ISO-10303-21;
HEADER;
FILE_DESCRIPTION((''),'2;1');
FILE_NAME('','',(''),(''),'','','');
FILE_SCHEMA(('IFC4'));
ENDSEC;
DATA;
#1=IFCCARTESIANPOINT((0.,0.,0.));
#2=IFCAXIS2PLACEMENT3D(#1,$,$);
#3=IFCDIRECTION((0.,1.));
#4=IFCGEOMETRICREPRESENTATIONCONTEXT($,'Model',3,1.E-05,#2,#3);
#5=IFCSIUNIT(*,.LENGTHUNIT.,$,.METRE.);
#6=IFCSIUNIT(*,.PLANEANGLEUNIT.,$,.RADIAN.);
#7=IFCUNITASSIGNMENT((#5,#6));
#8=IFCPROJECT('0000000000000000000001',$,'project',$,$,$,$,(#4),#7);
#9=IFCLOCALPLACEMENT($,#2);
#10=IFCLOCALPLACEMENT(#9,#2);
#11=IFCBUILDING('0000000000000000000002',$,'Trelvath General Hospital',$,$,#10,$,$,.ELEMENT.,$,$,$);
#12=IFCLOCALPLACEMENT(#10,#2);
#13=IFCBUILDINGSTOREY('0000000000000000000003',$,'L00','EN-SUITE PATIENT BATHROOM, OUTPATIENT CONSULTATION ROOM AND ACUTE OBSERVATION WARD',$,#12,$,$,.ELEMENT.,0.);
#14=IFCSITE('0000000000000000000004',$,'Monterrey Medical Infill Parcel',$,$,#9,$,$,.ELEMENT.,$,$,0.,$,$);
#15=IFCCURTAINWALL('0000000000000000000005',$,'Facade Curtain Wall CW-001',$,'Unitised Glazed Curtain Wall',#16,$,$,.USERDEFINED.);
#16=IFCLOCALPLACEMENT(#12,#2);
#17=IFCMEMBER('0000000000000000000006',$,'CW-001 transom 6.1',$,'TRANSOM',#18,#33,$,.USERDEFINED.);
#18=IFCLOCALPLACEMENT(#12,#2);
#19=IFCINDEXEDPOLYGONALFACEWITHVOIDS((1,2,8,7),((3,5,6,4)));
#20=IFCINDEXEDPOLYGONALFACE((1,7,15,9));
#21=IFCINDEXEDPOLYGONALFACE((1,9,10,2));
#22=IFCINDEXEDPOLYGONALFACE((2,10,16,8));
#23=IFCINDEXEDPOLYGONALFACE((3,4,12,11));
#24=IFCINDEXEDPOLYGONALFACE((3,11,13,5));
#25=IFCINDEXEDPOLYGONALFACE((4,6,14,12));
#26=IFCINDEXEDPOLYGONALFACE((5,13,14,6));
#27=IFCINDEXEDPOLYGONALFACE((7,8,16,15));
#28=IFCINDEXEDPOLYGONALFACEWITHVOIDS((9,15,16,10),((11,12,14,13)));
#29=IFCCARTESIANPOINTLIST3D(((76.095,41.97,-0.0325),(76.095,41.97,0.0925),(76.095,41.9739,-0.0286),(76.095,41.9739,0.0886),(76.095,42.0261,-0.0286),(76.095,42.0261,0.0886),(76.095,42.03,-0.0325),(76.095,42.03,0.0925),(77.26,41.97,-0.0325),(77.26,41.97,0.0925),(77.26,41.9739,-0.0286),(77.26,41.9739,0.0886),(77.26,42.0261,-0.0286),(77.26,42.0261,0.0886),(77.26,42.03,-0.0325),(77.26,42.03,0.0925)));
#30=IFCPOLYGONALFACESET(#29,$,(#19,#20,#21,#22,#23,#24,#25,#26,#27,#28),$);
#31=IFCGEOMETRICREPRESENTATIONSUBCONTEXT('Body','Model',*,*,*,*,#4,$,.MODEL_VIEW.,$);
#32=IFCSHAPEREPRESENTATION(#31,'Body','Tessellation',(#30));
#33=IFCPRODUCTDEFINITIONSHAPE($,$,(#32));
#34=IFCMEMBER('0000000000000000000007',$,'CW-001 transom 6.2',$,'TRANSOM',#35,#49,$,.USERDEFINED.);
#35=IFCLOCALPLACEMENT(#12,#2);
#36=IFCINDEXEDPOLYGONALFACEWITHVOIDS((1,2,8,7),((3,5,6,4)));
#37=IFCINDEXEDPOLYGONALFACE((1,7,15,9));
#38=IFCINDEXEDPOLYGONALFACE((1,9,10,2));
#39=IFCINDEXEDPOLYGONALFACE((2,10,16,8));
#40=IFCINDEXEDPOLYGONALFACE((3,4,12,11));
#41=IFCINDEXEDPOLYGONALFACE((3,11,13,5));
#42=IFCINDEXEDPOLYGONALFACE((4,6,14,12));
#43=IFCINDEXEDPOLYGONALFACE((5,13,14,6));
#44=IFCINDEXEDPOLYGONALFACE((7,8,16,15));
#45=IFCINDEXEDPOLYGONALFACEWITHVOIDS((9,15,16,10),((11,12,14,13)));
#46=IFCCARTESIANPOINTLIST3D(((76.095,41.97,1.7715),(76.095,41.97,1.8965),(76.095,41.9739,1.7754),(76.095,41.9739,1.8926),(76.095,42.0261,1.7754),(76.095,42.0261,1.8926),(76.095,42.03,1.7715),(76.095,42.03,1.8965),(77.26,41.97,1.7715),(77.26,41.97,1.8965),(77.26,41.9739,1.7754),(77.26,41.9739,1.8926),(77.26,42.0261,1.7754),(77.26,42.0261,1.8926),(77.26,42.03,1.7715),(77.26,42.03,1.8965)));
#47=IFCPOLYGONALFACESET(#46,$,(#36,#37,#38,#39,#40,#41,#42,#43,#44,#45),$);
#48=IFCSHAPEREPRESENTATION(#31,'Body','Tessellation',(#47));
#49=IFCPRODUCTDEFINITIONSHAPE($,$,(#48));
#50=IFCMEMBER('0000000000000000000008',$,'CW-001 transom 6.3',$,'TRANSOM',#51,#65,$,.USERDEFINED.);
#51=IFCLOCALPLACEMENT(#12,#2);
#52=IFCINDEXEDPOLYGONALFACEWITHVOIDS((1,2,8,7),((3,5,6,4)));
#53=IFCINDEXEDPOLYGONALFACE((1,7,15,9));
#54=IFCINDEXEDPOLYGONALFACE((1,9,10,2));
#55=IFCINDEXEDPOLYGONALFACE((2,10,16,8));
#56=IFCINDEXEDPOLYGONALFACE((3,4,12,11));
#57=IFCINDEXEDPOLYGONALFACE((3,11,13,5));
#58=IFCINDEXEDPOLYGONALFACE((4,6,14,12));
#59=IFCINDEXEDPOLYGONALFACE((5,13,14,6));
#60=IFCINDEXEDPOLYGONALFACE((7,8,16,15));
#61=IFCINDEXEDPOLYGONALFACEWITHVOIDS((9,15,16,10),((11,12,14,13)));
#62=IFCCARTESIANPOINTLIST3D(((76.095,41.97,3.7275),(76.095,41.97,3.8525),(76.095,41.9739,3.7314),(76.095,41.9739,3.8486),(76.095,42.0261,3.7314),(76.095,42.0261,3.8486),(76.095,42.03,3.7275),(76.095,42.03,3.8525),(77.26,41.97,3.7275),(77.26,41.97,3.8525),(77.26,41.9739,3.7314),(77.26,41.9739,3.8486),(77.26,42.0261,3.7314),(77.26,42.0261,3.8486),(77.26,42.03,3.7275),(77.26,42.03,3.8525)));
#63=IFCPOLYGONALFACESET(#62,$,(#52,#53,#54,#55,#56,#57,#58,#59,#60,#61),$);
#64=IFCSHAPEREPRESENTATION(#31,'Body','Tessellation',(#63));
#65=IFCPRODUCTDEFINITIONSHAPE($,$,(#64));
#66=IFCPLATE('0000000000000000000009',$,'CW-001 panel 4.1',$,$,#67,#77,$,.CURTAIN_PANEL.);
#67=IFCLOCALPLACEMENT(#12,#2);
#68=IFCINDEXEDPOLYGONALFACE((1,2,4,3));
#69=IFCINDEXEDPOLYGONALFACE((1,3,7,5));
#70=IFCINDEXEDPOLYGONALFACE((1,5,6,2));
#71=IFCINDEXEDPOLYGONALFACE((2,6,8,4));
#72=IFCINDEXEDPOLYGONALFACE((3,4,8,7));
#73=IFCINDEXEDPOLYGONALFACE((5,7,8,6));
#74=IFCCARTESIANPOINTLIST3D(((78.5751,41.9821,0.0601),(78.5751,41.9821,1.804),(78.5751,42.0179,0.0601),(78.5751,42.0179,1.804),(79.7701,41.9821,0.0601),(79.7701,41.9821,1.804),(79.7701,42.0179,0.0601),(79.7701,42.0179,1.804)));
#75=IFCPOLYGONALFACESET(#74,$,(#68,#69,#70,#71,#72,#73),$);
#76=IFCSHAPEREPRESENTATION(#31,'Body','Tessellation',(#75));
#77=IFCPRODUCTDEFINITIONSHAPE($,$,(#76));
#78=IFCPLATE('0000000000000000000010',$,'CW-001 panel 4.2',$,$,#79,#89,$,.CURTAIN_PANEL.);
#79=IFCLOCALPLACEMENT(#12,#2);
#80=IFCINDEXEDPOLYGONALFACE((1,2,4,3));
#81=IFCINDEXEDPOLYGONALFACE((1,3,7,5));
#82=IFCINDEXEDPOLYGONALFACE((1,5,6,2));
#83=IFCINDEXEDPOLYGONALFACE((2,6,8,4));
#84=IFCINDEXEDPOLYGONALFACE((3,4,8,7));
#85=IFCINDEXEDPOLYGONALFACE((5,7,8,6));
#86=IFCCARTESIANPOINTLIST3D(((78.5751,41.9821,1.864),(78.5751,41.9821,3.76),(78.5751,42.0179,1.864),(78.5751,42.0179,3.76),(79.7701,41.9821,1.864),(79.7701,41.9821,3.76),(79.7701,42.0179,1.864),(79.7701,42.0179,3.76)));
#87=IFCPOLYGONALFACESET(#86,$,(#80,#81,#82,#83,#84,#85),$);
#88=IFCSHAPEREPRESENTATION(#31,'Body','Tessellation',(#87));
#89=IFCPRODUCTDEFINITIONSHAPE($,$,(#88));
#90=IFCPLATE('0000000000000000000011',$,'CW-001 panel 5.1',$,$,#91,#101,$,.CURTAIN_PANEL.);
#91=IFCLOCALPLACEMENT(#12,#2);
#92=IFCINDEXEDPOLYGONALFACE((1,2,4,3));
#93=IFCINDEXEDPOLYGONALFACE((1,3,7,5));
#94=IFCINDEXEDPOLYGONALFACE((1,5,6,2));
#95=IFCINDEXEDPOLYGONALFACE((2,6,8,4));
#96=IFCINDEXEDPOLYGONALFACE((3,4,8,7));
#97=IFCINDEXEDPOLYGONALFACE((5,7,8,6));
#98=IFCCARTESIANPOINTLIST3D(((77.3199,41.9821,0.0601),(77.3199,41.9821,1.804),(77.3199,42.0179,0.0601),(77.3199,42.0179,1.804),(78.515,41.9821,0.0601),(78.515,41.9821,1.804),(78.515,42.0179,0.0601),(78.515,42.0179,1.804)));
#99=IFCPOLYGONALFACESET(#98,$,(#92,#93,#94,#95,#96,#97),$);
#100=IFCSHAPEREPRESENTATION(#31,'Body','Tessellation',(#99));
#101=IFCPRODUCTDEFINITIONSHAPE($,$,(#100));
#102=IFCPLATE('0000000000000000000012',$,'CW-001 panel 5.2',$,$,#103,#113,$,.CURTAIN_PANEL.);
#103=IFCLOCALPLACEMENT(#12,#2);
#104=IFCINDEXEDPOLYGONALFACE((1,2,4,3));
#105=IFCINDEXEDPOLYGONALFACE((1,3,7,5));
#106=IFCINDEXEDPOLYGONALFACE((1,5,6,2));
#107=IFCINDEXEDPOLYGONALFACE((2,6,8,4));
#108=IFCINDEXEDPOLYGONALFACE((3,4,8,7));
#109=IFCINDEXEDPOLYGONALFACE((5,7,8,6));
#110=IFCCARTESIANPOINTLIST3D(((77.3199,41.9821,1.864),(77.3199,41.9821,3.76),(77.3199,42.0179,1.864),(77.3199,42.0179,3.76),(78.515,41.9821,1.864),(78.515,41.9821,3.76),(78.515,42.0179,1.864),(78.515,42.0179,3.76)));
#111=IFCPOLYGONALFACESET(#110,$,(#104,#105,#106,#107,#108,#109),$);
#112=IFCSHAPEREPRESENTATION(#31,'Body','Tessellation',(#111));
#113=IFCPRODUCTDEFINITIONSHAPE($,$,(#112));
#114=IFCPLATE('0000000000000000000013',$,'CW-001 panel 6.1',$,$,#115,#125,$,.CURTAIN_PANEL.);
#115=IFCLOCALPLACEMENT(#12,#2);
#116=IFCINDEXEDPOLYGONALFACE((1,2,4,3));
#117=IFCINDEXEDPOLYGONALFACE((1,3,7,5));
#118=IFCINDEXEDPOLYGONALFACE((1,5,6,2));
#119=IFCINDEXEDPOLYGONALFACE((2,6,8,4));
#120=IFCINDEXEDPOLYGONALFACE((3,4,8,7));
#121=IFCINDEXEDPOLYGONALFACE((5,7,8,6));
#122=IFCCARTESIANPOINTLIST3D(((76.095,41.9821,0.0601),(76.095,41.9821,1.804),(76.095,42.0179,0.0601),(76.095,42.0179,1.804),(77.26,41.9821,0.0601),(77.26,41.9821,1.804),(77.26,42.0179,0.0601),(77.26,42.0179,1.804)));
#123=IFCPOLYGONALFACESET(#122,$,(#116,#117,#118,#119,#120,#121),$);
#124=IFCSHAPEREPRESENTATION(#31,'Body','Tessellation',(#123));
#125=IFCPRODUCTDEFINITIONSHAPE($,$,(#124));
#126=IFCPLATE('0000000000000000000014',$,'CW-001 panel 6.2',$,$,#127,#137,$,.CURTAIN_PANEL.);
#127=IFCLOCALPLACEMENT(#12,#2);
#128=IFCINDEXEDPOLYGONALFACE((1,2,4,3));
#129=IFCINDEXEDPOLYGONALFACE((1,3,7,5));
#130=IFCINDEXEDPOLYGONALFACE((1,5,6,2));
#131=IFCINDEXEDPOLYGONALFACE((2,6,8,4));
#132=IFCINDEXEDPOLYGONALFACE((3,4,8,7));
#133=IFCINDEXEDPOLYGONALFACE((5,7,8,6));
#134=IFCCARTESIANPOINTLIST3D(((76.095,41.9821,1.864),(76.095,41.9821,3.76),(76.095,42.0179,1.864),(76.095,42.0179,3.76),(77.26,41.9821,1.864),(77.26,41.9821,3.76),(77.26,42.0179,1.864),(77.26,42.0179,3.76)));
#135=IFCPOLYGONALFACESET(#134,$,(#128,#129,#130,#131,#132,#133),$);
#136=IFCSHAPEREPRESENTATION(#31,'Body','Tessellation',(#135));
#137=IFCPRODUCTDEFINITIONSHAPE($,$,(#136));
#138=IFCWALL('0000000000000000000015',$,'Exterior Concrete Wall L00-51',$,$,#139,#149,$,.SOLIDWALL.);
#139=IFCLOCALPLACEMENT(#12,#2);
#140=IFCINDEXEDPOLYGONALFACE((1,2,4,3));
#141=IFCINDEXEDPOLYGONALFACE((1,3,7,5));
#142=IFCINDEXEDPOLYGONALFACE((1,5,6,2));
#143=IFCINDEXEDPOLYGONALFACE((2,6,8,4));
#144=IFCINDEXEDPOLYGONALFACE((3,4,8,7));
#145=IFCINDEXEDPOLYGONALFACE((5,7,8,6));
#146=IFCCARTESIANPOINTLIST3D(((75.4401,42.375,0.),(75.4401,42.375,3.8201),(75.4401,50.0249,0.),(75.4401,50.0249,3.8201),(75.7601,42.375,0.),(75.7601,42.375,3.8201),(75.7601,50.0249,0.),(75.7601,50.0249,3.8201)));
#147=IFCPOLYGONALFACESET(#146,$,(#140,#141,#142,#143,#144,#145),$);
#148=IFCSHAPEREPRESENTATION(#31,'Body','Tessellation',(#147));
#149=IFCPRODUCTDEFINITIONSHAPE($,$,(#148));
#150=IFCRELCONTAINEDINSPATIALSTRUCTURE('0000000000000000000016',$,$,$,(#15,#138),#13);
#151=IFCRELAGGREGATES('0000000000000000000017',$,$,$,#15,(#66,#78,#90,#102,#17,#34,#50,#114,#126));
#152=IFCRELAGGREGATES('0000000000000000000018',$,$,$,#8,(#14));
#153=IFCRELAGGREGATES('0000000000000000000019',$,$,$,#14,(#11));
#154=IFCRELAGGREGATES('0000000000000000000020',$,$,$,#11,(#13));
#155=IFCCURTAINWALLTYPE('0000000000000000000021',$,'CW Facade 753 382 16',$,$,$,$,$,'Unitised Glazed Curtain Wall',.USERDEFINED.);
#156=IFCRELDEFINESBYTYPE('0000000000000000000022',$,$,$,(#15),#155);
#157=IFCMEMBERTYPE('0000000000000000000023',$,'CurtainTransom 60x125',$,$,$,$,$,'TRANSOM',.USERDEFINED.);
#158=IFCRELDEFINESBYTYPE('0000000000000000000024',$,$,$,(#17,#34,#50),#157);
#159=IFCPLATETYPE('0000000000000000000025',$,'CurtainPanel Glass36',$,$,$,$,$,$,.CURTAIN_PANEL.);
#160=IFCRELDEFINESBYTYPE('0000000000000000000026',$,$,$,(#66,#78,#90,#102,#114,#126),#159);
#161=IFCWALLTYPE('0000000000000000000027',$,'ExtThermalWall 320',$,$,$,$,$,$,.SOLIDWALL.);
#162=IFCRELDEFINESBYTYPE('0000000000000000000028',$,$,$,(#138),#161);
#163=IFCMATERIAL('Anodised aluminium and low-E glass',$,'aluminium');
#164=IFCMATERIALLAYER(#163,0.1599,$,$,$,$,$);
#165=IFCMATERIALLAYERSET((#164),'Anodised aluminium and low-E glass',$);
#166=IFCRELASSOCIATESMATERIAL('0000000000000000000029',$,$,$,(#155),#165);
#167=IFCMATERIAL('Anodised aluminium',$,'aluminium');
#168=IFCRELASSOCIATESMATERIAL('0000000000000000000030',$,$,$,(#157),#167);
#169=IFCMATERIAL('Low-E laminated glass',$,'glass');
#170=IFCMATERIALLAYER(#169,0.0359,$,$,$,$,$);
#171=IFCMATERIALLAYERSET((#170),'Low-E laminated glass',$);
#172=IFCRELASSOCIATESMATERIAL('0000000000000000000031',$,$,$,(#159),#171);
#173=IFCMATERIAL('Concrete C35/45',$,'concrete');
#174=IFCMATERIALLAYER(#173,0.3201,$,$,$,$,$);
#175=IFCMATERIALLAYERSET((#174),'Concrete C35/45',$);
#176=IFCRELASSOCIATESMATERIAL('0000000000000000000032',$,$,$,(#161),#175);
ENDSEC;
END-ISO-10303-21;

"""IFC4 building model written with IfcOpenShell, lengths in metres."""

from ifc_helpers import new_model, si_unit, direction, frame, frame_2d, origin, origin_2d, place, context, subcontext, project, spatial, rectangle, hollow_rectangle, extrude, material, layer, layer_set, material_profile, profile_set, type_object, element, aggregate, save


model = new_model("IFC4")

# Units and contexts
model_context = context("Model", 3, precision=1e-05, world=origin(), true_north=direction((0.0, 1.0)))
body_context = subcontext(model_context, "Body", "Model", "MODEL_VIEW")
ifc_project = project(units=[si_unit("LENGTHUNIT", "METRE"), si_unit("PLANEANGLEUNIT", "RADIAN")], contexts=[model_context])

# Site, building, storey
site_placement = place(None, origin())
site = spatial("IfcSite", under=ifc_project, at=site_placement, Name="Monterrey Medical Infill Parcel", CompositionType="ELEMENT", RefElevation=0.0)
building_placement = place(site_placement, origin())
building = spatial("IfcBuilding", under=site, at=building_placement, Name="Trelvath General Hospital", CompositionType="ELEMENT")
storey_placement = place(building_placement, origin())
storey = spatial("IfcBuildingStorey", under=building, at=storey_placement, Name="L00", Description="EN-SUITE PATIENT BATHROOM, OUTPATIENT CONSULTATION ROOM AND ACUTE OBSERVATION WARD", CompositionType="ELEMENT", Elevation=0.0)

# Curtain wall, members, plates
ifc_material_1 = material(Name="Anodised aluminium and low-E glass", Category="aluminium")
ifc_layer_1 = layer(ifc_material_1, 0.1599)
ifc_layer_set_1 = layer_set([ifc_layer_1], Name="Anodised aluminium and low-E glass")
curtain_wall_type = type_object("IfcCurtainWallType", Name="CW Facade 753 382 16", ElementType="Unitised Glazed Curtain Wall", PredefinedType="USERDEFINED", material=ifc_layer_set_1)
curtain_wall_placement = place(storey_placement, origin())
curtain_wall = element("IfcCurtainWall", 1, at=curtain_wall_placement, inside=storey, type_object=curtain_wall_type, Name="Facade Curtain Wall CW-001", ObjectType="Unitised Glazed Curtain Wall", PredefinedType="USERDEFINED")
ifc_material_2 = material(Name="Anodised aluminium", Category="aluminium")
ifc_material_profile_1 = material_profile(ifc_material_2, hollow_rectangle(XDim=0.0601, YDim=0.125, WallThickness=0.0039, at=origin_2d()), Name="RHS60x125x4")
ifc_profile_set_1 = profile_set([ifc_material_profile_1], Name="Anodised aluminium")
member_type_1 = type_object("IfcMemberType", Name="CurtainTransom 60x125", ElementType="TRANSOM", PredefinedType="USERDEFINED", material=ifc_profile_set_1)
member_1_placement = place(storey_placement, frame((77.26, 42.0, 0.03), z_axis=(-1.0, 0.0, 0.0), x_axis=(0.0, -1.0, 0.0)))
member_1 = element("IfcMember", 2, at=member_1_placement, type_object=member_type_1, Name="CW-001 transom 6.1", ObjectType="TRANSOM", PredefinedType="USERDEFINED", context=body_context, shape_type="SweptSolid", body=[
    extrude(hollow_rectangle(XDim=0.0601, YDim=0.125, WallThickness=0.0039, at=origin_2d()), origin(), (0.0, 0.0, 1.0), 1.165),
])
member_2_placement = place(storey_placement, frame((77.26, 42.0, 1.834), z_axis=(-1.0, 0.0, 0.0), x_axis=(0.0, -1.0, 0.0)))
member_2 = element("IfcMember", 3, at=member_2_placement, type_object=member_type_1, Name="CW-001 transom 6.2", ObjectType="TRANSOM", PredefinedType="USERDEFINED", context=body_context, shape_type="SweptSolid", body=[
    extrude(hollow_rectangle(XDim=0.0601, YDim=0.125, WallThickness=0.0039, at=origin_2d()), origin(), (0.0, 0.0, 1.0), 1.165),
])
member_3_placement = place(storey_placement, frame((77.26, 42.0, 3.79), z_axis=(-1.0, 0.0, 0.0), x_axis=(0.0, -1.0, 0.0)))
member_3 = element("IfcMember", 4, at=member_3_placement, type_object=member_type_1, Name="CW-001 transom 6.3", ObjectType="TRANSOM", PredefinedType="USERDEFINED", context=body_context, shape_type="SweptSolid", body=[
    extrude(hollow_rectangle(XDim=0.0601, YDim=0.125, WallThickness=0.0039, at=origin_2d()), origin(), (0.0, 0.0, 1.0), 1.165),
])
ifc_material_3 = material(Name="Low-E laminated glass", Category="glass")
ifc_layer_2 = layer(ifc_material_3, 0.0359)
ifc_layer_set_2 = layer_set([ifc_layer_2], Name="Low-E laminated glass")
plate_type = type_object("IfcPlateType", Name="CurtainPanel Glass36", PredefinedType="CURTAIN_PANEL", material=ifc_layer_set_2)
plate_1_placement = place(storey_placement, frame((79.1726, 42.0, 0.0601), z_axis=(0.0, 0.0, 1.0), x_axis=(-1.0, 0.0, 0.0)))
plate_1 = element("IfcPlate", 5, at=plate_1_placement, type_object=plate_type, Name="CW-001 panel 4.1", PredefinedType="CURTAIN_PANEL", context=body_context, shape_type="SweptSolid", body=[
    extrude(rectangle(XDim=1.1951, YDim=0.0359, at=origin_2d()), origin(), (0.0, 0.0, 1.0), 1.7439),
])
plate_2_placement = place(storey_placement, frame((79.1726, 42.0, 1.864), z_axis=(0.0, 0.0, 1.0), x_axis=(-1.0, 0.0, 0.0)))
plate_2 = element("IfcPlate", 6, at=plate_2_placement, type_object=plate_type, Name="CW-001 panel 4.2", PredefinedType="CURTAIN_PANEL", context=body_context, shape_type="SweptSolid", body=[
    extrude(rectangle(XDim=1.1951, YDim=0.0359, at=origin_2d()), origin(), (0.0, 0.0, 1.0), 1.896),
])
plate_3_placement = place(storey_placement, frame((77.9175, 42.0, 0.0601), z_axis=(0.0, 0.0, 1.0), x_axis=(-1.0, 0.0, 0.0)))
plate_3 = element("IfcPlate", 7, at=plate_3_placement, type_object=plate_type, Name="CW-001 panel 5.1", PredefinedType="CURTAIN_PANEL", context=body_context, shape_type="SweptSolid", body=[
    extrude(rectangle(XDim=1.1951, YDim=0.0359, at=origin_2d()), origin(), (0.0, 0.0, 1.0), 1.7439),
])
plate_4_placement = place(storey_placement, frame((77.9175, 42.0, 1.864), z_axis=(0.0, 0.0, 1.0), x_axis=(-1.0, 0.0, 0.0)))
plate_4 = element("IfcPlate", 8, at=plate_4_placement, type_object=plate_type, Name="CW-001 panel 5.2", PredefinedType="CURTAIN_PANEL", context=body_context, shape_type="SweptSolid", body=[
    extrude(rectangle(XDim=1.1951, YDim=0.0359, at=origin_2d()), origin(), (0.0, 0.0, 1.0), 1.896),
])
plate_5_placement = place(storey_placement, frame((76.6775, 42.0, 0.0601), z_axis=(0.0, 0.0, 1.0), x_axis=(-1.0, 0.0, 0.0)))
plate_5 = element("IfcPlate", 9, at=plate_5_placement, type_object=plate_type, Name="CW-001 panel 6.1", PredefinedType="CURTAIN_PANEL", context=body_context, shape_type="SweptSolid", body=[
    extrude(rectangle(XDim=1.165, YDim=0.0359, at=origin_2d()), origin(), (0.0, 0.0, 1.0), 1.7439),
])
plate_6_placement = place(storey_placement, frame((76.6775, 42.0, 1.864), z_axis=(0.0, 0.0, 1.0), x_axis=(-1.0, 0.0, 0.0)))
plate_6 = element("IfcPlate", 10, at=plate_6_placement, type_object=plate_type, Name="CW-001 panel 6.2", PredefinedType="CURTAIN_PANEL", context=body_context, shape_type="SweptSolid", body=[
    extrude(rectangle(XDim=1.165, YDim=0.0359, at=origin_2d()), origin(), (0.0, 0.0, 1.0), 1.896),
])
aggregate(curtain_wall, [plate_1, plate_2, plate_3, plate_4, member_1, member_2, member_3, plate_5, plate_6])

# Wall
ifc_material_4 = material(Name="Concrete C35/45", Category="concrete")
ifc_layer_3 = layer(ifc_material_4, 0.3201)
ifc_layer_set_3 = layer_set([ifc_layer_3], Name="Concrete C35/45")
wall_type = type_object("IfcWallType", Name="ExtThermalWall 320", PredefinedType="SOLIDWALL", material=ifc_layer_set_3)
wall_placement = place(storey_placement, frame((75.6001, 42.375, 0.0), z_axis=(0.0, 0.0, 1.0), x_axis=(0.0, 1.0, 0.0)))
element("IfcWall", 11, at=wall_placement, inside=storey, type_object=wall_type, Name="Exterior Concrete Wall L00-51", PredefinedType="SOLIDWALL", context=body_context, shape_type="SweptSolid", body=[
    extrude(rectangle(XDim=7.6499, YDim=0.3201, at=frame_2d((3.825, 0.0))), origin(), (0.0, 0.0, 1.0), 3.8201),
])

save(model, "model.ifc")
